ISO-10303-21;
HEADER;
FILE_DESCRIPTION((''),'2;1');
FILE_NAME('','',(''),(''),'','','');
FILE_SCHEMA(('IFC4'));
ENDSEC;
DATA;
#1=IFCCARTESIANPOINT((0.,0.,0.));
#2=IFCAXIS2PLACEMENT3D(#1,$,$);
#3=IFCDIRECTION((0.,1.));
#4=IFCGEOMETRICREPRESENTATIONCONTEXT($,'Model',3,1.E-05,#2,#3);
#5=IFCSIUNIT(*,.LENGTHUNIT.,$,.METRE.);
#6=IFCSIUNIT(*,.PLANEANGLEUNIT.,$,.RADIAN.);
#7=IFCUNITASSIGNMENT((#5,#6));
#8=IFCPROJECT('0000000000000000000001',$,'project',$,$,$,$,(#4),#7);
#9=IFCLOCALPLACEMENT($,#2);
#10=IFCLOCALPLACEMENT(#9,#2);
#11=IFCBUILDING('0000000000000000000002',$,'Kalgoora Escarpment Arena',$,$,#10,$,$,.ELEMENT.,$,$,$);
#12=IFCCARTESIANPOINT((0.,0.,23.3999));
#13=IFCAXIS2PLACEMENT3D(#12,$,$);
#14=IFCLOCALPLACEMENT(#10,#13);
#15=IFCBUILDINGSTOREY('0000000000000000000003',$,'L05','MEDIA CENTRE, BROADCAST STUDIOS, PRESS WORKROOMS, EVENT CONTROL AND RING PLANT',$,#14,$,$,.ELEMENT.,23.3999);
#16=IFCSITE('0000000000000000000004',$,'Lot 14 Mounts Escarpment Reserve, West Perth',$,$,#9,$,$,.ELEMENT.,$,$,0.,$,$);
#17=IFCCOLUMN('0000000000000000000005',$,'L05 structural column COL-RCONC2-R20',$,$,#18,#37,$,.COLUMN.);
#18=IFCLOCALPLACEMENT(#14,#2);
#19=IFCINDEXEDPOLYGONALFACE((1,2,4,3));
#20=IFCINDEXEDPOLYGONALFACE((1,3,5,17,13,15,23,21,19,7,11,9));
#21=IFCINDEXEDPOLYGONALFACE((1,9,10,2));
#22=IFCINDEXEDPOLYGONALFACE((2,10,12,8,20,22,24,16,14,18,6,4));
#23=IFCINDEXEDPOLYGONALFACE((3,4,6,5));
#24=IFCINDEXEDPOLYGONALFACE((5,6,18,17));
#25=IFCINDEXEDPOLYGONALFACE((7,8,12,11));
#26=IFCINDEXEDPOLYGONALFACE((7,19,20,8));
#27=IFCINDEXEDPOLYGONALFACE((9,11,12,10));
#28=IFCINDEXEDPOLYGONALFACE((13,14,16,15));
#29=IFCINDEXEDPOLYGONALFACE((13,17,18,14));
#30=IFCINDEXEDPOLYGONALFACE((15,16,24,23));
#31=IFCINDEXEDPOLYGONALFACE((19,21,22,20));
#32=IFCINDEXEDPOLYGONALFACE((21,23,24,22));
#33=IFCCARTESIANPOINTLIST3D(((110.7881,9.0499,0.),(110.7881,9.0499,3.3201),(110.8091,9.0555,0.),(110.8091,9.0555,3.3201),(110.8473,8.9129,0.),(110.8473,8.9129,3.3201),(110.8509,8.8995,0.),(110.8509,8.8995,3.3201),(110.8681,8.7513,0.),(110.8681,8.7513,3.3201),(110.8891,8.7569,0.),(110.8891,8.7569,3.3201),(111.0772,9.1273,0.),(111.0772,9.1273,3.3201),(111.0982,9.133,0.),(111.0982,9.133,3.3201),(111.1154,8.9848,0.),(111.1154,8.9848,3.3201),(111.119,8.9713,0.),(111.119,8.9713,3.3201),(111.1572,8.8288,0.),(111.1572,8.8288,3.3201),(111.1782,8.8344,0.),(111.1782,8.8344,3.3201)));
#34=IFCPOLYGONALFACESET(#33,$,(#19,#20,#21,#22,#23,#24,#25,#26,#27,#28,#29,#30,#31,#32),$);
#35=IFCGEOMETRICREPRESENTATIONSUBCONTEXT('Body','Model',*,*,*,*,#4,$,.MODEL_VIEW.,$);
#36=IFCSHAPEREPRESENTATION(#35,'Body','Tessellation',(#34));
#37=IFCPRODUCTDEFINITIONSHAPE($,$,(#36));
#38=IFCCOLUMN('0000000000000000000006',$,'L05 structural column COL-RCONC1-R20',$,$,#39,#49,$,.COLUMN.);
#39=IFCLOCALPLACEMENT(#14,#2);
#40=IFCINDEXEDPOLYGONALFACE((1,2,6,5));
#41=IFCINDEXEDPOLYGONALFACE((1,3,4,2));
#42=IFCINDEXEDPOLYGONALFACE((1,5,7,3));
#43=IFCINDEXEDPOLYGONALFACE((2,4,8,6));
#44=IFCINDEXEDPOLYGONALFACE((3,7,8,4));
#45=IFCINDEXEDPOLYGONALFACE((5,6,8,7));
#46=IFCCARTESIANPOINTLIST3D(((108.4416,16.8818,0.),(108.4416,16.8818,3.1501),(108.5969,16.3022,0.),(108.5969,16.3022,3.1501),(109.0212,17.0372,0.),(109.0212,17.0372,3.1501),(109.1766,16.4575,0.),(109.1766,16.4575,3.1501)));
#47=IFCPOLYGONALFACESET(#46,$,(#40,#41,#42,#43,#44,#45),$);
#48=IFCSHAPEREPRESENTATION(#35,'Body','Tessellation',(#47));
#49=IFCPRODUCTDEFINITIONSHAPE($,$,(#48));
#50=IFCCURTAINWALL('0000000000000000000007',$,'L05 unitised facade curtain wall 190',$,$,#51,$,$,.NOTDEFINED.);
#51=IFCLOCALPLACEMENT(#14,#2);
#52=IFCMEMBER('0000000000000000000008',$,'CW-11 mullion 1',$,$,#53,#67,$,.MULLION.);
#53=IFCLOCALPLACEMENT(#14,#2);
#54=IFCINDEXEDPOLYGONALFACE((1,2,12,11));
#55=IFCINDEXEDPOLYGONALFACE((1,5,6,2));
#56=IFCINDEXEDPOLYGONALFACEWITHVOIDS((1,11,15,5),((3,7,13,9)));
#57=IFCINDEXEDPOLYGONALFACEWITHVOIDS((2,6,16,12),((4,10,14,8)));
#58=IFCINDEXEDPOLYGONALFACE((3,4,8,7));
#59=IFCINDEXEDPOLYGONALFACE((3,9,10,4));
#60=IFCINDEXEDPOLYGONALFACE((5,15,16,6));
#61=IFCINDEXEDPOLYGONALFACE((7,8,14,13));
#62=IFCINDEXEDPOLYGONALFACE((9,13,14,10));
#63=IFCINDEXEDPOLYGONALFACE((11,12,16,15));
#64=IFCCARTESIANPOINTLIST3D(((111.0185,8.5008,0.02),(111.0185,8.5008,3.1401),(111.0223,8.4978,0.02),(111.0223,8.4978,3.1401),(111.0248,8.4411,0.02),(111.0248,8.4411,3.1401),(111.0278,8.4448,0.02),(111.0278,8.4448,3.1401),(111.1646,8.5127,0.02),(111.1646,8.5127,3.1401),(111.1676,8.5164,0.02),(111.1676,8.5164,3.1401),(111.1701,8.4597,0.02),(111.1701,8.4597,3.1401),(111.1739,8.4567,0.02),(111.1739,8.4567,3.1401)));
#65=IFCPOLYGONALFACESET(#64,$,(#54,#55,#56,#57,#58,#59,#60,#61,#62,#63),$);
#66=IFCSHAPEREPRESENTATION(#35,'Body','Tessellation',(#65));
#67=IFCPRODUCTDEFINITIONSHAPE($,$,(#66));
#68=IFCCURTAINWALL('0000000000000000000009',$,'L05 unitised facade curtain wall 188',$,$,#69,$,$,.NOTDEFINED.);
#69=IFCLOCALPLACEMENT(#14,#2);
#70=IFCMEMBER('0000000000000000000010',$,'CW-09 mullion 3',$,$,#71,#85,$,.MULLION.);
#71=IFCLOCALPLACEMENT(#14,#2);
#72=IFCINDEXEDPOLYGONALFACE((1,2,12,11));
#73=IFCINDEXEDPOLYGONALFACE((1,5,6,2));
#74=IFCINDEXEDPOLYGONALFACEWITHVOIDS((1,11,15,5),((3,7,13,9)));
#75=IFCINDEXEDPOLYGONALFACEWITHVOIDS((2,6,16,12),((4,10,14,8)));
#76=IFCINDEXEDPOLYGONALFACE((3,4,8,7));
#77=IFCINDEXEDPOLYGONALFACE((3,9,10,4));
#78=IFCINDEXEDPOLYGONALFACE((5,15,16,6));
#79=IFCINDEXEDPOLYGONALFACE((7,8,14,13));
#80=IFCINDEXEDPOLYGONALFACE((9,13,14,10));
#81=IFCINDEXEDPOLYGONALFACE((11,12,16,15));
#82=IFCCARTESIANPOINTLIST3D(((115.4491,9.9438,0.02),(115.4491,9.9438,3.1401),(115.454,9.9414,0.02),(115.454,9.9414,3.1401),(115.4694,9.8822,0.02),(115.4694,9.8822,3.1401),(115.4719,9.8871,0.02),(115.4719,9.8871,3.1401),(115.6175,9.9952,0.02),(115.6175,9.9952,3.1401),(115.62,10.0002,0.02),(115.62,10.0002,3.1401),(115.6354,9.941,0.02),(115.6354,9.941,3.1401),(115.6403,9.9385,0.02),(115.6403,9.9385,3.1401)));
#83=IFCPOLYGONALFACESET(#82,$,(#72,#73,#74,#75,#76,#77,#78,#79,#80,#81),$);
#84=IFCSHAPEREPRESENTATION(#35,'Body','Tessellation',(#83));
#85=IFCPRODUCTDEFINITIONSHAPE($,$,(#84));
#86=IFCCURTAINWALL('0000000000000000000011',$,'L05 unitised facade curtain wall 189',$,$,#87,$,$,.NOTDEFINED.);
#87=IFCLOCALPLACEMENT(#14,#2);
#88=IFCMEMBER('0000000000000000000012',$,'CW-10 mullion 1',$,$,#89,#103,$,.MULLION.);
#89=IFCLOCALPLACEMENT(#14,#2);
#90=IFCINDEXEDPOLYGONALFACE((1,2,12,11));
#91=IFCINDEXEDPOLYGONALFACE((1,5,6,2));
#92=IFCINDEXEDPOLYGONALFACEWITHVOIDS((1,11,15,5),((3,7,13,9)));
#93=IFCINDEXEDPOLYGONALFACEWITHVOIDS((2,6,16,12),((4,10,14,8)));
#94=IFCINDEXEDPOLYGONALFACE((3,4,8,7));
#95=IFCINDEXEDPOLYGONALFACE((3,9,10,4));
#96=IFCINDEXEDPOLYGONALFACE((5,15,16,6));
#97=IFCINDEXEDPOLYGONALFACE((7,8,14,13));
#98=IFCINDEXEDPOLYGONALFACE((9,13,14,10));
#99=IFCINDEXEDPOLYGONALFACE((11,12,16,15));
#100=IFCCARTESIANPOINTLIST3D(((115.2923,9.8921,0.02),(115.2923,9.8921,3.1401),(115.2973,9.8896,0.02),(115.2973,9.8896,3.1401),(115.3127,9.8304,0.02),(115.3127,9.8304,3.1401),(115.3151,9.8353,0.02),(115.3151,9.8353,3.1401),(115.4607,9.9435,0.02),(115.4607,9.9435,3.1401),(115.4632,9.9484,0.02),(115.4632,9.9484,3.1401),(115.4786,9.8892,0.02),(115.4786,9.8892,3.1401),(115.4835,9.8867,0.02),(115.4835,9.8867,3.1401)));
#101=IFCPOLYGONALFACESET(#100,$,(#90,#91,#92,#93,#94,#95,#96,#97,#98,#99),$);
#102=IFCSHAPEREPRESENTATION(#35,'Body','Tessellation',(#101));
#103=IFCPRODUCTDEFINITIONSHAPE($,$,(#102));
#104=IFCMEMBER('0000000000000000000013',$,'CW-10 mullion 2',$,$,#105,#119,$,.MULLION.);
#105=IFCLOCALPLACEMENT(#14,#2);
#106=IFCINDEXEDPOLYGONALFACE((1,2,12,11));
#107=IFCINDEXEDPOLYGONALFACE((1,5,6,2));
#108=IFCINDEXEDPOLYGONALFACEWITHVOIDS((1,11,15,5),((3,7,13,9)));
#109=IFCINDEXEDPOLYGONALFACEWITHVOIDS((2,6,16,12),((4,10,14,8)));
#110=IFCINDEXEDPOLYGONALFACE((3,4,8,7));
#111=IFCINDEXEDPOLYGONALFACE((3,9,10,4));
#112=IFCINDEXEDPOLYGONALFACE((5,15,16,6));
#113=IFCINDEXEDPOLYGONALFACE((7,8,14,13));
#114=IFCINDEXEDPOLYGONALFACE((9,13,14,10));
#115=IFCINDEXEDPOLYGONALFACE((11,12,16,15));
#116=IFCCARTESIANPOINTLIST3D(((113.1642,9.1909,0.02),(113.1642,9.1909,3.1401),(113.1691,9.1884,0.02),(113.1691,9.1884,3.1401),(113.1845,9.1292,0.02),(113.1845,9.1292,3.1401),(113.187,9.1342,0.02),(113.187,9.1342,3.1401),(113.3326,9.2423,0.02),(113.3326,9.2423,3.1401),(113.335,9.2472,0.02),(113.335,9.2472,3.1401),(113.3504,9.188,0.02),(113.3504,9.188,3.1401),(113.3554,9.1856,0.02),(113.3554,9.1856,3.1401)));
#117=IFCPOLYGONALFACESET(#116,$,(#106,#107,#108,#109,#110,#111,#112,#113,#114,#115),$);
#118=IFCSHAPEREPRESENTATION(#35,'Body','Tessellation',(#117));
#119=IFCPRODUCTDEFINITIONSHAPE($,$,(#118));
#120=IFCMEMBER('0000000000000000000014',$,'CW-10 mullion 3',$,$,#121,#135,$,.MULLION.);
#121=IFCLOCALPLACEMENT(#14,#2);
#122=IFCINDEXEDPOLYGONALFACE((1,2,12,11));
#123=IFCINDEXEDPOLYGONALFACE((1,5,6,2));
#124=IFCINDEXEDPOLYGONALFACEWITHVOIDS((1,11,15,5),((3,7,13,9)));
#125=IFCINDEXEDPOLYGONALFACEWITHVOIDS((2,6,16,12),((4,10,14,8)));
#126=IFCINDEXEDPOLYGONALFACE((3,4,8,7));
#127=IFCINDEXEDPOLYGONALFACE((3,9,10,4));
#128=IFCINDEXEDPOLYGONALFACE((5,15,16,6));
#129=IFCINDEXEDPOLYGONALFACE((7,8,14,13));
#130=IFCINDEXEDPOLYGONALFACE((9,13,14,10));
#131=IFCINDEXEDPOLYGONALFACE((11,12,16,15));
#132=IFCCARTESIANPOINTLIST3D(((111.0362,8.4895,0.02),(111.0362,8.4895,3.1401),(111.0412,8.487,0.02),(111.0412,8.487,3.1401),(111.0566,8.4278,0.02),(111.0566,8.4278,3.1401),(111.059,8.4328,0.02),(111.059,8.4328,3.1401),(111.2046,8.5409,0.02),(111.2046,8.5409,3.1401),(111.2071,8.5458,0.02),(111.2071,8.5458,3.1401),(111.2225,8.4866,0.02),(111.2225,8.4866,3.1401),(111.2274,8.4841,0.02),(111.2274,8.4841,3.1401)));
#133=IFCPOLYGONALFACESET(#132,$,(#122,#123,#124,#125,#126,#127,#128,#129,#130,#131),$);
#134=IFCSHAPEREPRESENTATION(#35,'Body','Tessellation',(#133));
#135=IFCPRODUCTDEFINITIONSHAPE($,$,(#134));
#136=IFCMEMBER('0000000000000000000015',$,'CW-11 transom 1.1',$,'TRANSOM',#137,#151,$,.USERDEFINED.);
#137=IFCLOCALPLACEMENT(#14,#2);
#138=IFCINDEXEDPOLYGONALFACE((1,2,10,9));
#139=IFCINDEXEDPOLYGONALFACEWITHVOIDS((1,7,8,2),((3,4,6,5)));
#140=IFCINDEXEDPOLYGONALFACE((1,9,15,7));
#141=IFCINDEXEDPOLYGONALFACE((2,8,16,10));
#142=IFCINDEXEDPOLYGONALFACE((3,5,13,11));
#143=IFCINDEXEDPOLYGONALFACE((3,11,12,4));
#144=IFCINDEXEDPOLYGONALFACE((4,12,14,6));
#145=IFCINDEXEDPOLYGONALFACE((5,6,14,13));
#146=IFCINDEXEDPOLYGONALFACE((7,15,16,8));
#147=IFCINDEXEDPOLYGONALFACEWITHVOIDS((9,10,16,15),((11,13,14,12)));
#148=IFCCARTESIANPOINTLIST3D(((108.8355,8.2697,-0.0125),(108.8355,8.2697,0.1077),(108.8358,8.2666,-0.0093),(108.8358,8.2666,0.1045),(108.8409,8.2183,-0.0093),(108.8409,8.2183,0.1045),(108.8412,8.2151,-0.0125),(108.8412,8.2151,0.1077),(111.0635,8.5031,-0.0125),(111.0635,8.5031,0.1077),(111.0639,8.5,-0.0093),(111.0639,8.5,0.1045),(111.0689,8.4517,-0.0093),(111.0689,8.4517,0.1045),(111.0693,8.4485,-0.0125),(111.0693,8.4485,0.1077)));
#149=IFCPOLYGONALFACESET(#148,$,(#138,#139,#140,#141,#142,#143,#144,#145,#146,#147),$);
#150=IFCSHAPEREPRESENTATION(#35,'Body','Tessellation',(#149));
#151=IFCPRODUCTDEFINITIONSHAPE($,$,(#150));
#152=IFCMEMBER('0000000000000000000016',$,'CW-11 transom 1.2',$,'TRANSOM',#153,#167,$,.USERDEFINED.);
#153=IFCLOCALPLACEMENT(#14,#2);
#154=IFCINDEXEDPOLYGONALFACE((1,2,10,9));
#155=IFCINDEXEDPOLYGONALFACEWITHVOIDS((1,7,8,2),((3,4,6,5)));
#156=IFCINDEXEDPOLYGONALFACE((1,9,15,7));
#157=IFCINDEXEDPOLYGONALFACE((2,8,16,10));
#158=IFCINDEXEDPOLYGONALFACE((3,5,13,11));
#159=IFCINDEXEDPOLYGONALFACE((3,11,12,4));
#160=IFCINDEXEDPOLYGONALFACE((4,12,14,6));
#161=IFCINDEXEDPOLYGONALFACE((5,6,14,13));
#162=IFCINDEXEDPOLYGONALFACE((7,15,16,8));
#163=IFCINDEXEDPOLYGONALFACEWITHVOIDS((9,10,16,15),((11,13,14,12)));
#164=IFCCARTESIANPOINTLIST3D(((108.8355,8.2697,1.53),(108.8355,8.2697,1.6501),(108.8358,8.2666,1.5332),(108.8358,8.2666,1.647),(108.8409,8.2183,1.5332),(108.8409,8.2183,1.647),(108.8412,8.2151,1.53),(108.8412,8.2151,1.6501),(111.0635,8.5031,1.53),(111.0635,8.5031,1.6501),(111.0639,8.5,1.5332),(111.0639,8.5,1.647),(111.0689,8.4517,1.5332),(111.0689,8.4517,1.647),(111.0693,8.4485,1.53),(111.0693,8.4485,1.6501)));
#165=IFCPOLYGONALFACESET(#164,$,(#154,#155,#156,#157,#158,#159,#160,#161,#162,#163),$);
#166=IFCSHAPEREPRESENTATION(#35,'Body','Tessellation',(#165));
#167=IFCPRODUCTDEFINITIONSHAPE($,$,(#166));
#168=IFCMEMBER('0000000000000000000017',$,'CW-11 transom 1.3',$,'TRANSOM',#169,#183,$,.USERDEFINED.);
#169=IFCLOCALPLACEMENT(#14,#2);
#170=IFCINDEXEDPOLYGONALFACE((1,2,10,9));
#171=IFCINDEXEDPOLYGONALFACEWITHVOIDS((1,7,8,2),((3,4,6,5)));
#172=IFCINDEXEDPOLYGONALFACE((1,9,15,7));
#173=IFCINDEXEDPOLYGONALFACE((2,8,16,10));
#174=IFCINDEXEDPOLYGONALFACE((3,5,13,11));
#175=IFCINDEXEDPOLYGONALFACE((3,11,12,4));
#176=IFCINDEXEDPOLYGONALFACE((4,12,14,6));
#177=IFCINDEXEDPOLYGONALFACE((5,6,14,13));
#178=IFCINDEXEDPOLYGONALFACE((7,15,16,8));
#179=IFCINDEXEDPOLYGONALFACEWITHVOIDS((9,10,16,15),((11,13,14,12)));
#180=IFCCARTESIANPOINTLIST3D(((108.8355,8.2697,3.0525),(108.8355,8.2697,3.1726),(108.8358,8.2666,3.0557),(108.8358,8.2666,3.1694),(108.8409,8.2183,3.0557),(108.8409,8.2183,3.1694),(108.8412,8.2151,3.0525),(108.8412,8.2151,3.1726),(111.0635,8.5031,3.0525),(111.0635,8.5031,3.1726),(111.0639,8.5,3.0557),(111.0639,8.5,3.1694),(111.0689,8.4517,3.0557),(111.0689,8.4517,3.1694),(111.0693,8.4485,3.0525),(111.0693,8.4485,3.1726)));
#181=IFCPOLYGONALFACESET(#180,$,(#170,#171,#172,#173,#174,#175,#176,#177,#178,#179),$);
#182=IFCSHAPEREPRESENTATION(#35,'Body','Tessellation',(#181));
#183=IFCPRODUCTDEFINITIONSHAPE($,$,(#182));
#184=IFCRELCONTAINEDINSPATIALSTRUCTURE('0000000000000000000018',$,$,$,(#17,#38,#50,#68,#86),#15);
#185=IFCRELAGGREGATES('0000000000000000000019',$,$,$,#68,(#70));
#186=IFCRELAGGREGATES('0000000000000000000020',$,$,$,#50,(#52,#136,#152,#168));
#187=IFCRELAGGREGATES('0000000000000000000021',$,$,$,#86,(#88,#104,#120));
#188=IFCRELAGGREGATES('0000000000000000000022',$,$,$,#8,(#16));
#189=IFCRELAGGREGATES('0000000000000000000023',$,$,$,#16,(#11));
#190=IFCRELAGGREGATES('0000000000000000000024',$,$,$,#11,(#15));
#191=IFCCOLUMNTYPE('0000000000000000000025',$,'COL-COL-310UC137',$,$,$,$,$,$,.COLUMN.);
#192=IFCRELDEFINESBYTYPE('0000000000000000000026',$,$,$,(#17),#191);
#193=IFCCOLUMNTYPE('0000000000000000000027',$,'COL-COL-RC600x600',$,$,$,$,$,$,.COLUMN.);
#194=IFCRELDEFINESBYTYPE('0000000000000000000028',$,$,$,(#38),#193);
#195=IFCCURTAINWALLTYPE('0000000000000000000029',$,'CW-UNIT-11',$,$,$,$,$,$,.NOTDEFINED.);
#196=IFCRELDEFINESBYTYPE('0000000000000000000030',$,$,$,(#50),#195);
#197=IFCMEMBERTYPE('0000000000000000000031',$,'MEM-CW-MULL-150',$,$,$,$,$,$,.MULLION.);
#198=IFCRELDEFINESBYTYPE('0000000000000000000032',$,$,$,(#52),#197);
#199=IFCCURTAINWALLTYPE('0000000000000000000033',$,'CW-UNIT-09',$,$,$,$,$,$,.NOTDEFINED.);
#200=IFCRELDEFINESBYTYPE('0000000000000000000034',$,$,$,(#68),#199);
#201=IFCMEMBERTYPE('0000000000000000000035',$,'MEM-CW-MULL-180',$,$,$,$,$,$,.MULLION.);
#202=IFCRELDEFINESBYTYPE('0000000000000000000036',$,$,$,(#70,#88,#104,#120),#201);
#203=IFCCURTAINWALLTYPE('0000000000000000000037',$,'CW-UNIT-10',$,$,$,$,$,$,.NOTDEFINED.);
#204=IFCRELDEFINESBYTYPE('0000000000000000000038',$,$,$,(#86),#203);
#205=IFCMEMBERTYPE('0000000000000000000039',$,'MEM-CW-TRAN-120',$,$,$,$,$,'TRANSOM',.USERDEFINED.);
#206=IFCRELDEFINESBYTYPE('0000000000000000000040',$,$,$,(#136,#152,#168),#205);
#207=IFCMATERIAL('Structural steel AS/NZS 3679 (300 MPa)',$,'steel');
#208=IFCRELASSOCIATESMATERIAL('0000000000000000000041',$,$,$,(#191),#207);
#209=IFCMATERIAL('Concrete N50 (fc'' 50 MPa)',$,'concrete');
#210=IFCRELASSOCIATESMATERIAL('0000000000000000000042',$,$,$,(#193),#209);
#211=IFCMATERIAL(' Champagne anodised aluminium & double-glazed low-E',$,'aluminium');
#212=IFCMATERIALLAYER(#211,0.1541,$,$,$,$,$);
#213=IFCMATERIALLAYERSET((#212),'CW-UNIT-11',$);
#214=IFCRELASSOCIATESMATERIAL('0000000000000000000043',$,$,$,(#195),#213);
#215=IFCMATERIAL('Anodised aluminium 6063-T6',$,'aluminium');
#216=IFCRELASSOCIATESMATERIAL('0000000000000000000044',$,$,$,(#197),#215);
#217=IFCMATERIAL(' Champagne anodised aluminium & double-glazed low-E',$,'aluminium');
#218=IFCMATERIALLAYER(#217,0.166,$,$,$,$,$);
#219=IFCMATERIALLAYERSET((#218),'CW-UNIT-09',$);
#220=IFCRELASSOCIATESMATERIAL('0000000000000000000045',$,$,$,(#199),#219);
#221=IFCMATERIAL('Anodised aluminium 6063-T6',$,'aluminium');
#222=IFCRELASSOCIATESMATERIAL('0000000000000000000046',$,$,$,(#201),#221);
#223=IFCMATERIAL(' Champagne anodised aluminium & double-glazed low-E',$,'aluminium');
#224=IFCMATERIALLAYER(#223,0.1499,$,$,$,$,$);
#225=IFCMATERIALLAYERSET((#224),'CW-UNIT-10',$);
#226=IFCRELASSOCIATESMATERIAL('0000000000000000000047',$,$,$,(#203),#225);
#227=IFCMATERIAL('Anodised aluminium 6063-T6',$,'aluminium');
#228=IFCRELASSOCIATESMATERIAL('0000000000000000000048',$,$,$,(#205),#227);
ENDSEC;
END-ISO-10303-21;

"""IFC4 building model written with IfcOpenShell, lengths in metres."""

from ifc_helpers import new_model, si_unit, direction, frame, origin, origin_2d, place, context, subcontext, project, spatial, rectangle, hollow_rectangle, i_section, extrude, material, layer, layer_set, material_profile, profile_set, type_object, element, aggregate, save


model = new_model("IFC4")

# Units and contexts
model_context = context("Model", 3, precision=1e-05, world=origin(), true_north=direction((0.0, 1.0)))
body_context = subcontext(model_context, "Body", "Model", "MODEL_VIEW")
ifc_project = project(units=[si_unit("LENGTHUNIT", "METRE"), si_unit("PLANEANGLEUNIT", "RADIAN")], contexts=[model_context])

# Site, building, storey
site_placement = place(None, origin())
site = spatial("IfcSite", under=ifc_project, at=site_placement, Name="Lot 14 Mounts Escarpment Reserve, West Perth", CompositionType="ELEMENT", RefElevation=0.0)
building_placement = place(site_placement, origin())
building = spatial("IfcBuilding", under=site, at=building_placement, Name="Kalgoora Escarpment Arena", CompositionType="ELEMENT")
storey_placement = place(building_placement, frame((0.0, 0.0, 23.3999)))
storey = spatial("IfcBuildingStorey", under=building, at=storey_placement, Name="L05", Description="MEDIA CENTRE, BROADCAST STUDIOS, PRESS WORKROOMS, EVENT CONTROL AND RING PLANT", CompositionType="ELEMENT", Elevation=23.3999)

# Columns
ifc_material_1 = material(Name="Structural steel AS/NZS 3679 (300 MPa)", Category="steel")
ifc_material_profile_1 = material_profile(ifc_material_1, i_section(OverallWidth=0.3091, OverallDepth=0.321, WebThickness=0.0139, FlangeThickness=0.0217, at=origin_2d()))
ifc_profile_set_1 = profile_set([ifc_material_profile_1], Name="Structural steel AS/NZS 3679 (300 MPa)")
column_type_1 = type_object("IfcColumnType", Name="COL-COL-310UC137", PredefinedType="COLUMN", material=ifc_profile_set_1)
column_1_placement = place(storey_placement, frame((110.9832, 8.9421, 0.0), z_axis=(0.0, 0.0, 1.0), x_axis=(0.258819, -0.965926, 0.0)))
element("IfcColumn", 1, at=column_1_placement, inside=storey, type_object=column_type_1, Name="L05 structural column COL-RCONC2-R20", PredefinedType="COLUMN", context=body_context, shape_type="SweptSolid", body=[
    extrude(i_section(OverallWidth=0.3091, OverallDepth=0.321, WebThickness=0.0139, FlangeThickness=0.0217, at=origin_2d()), origin(), (0.0, 0.0, 1.0), 3.3201),
])
ifc_material_2 = material(Name="Concrete N50 (fc' 50 MPa)", Category="concrete")
ifc_material_profile_2 = material_profile(ifc_material_2, rectangle(XDim=0.6001, YDim=0.6001, at=origin_2d()))
ifc_profile_set_2 = profile_set([ifc_material_profile_2], Name="Concrete N50 (fc' 50 MPa)")
column_type_2 = type_object("IfcColumnType", Name="COL-COL-RC600x600", PredefinedType="COLUMN", material=ifc_profile_set_2)
column_2_placement = place(storey_placement, frame((108.8091, 16.6697, 0.0), z_axis=(0.0, 0.0, 1.0), x_axis=(0.258819, -0.965926, 0.0)))
element("IfcColumn", 2, at=column_2_placement, inside=storey, type_object=column_type_2, Name="L05 structural column COL-RCONC1-R20", PredefinedType="COLUMN", context=body_context, shape_type="SweptSolid", body=[
    extrude(rectangle(XDim=0.6001, YDim=0.6001, at=origin_2d()), origin(), (0.0, 0.0, 1.0), 3.1501),
])

# Curtain walls, members
ifc_material_3 = material(Name=" Champagne anodised aluminium & double-glazed low-E", Category="aluminium")
ifc_layer_1 = layer(ifc_material_3, 0.1541)
ifc_layer_set_1 = layer_set([ifc_layer_1], Name="CW-UNIT-11")
curtain_wall_type_1 = type_object("IfcCurtainWallType", Name="CW-UNIT-11", PredefinedType="NOTDEFINED", material=ifc_layer_set_1)
curtain_wall_1_placement = place(storey_placement, origin())
curtain_wall_1 = element("IfcCurtainWall", 3, at=curtain_wall_1_placement, inside=storey, type_object=curtain_wall_type_1, Name="L05 unitised facade curtain wall 190", PredefinedType="NOTDEFINED")
ifc_material_4 = material(Name="Anodised aluminium 6063-T6", Category="aluminium")
ifc_material_profile_3 = material_profile(ifc_material_4, hollow_rectangle(XDim=0.0601, YDim=0.1499, WallThickness=0.0034, at=origin_2d()))
ifc_profile_set_3 = profile_set([ifc_material_profile_3], Name="Anodised aluminium 6063-T6")
member_type_1 = type_object("IfcMemberType", Name="MEM-CW-MULL-150", PredefinedType="MULLION", material=ifc_profile_set_3)
member_1_placement = place(storey_placement, frame((111.0962, 8.4788, 0.02), z_axis=(0.0, 0.0, 1.0), x_axis=(0.104158, -0.994561, 0.0)))
member_1 = element("IfcMember", 4, at=member_1_placement, type_object=member_type_1, Name="CW-11 mullion 1", PredefinedType="MULLION", context=body_context, shape_type="SweptSolid", body=[
    extrude(hollow_rectangle(XDim=0.0601, YDim=0.1499, WallThickness=0.0034, at=origin_2d()), origin(), (0.0, 0.0, 1.0), 3.1201),
])
ifc_material_5 = material(Name=" Champagne anodised aluminium & double-glazed low-E", Category="aluminium")
ifc_layer_2 = layer(ifc_material_5, 0.166)
ifc_layer_set_2 = layer_set([ifc_layer_2], Name="CW-UNIT-09")
curtain_wall_type_2 = type_object("IfcCurtainWallType", Name="CW-UNIT-09", PredefinedType="NOTDEFINED", material=ifc_layer_set_2)
curtain_wall_2_placement = place(storey_placement, origin())
curtain_wall_2 = element("IfcCurtainWall", 5, at=curtain_wall_2_placement, inside=storey, type_object=curtain_wall_type_2, Name="L05 unitised facade curtain wall 188", PredefinedType="NOTDEFINED")
ifc_material_6 = material(Name="Anodised aluminium 6063-T6", Category="aluminium")
ifc_material_profile_4 = material_profile(ifc_material_6, hollow_rectangle(XDim=0.0649, YDim=0.1799, WallThickness=0.0039, at=origin_2d()))
ifc_profile_set_4 = profile_set([ifc_material_profile_4], Name="Anodised aluminium 6063-T6")
member_type_2 = type_object("IfcMemberType", Name="MEM-CW-MULL-180", PredefinedType="MULLION", material=ifc_profile_set_4)
member_2_placement = place(storey_placement, frame((115.5447, 9.9412, 0.02), z_axis=(0.0, 0.0, 1.0), x_axis=(0.31297, -0.949763, 0.0)))
member_2 = element("IfcMember", 6, at=member_2_placement, type_object=member_type_2, Name="CW-09 mullion 3", PredefinedType="MULLION", context=body_context, shape_type="SweptSolid", body=[
    extrude(hollow_rectangle(XDim=0.0649, YDim=0.1799, WallThickness=0.0039, at=origin_2d()), origin(), (0.0, 0.0, 1.0), 3.1201),
])

# Curtain wall, members
ifc_material_7 = material(Name=" Champagne anodised aluminium & double-glazed low-E", Category="aluminium")
ifc_layer_3 = layer(ifc_material_7, 0.1499)
ifc_layer_set_3 = layer_set([ifc_layer_3], Name="CW-UNIT-10")
curtain_wall_type_3 = type_object("IfcCurtainWallType", Name="CW-UNIT-10", PredefinedType="NOTDEFINED", material=ifc_layer_set_3)
curtain_wall_3_placement = place(storey_placement, origin())
curtain_wall_3 = element("IfcCurtainWall", 7, at=curtain_wall_3_placement, inside=storey, type_object=curtain_wall_type_3, Name="L05 unitised facade curtain wall 189", PredefinedType="NOTDEFINED")
member_3_placement = place(storey_placement, frame((115.3879, 9.8894, 0.02), z_axis=(0.0, 0.0, 1.0), x_axis=(0.312979, -0.94976, 0.0)))
member_3 = element("IfcMember", 8, at=member_3_placement, type_object=member_type_2, Name="CW-10 mullion 1", PredefinedType="MULLION", context=body_context, shape_type="SweptSolid", body=[
    extrude(hollow_rectangle(XDim=0.0649, YDim=0.1799, WallThickness=0.0039, at=origin_2d()), origin(), (0.0, 0.0, 1.0), 3.1201),
])
member_4_placement = place(storey_placement, frame((113.2598, 9.1882, 0.02), z_axis=(0.0, 0.0, 1.0), x_axis=(0.312979, -0.94976, 0.0)))
member_4 = element("IfcMember", 9, at=member_4_placement, type_object=member_type_2, Name="CW-10 mullion 2", PredefinedType="MULLION", context=body_context, shape_type="SweptSolid", body=[
    extrude(hollow_rectangle(XDim=0.0649, YDim=0.1799, WallThickness=0.0039, at=origin_2d()), origin(), (0.0, 0.0, 1.0), 3.1201),
])
member_5_placement = place(storey_placement, frame((111.1318, 8.4868, 0.02), z_axis=(0.0, 0.0, 1.0), x_axis=(0.312979, -0.94976, 0.0)))
member_5 = element("IfcMember", 10, at=member_5_placement, type_object=member_type_2, Name="CW-10 mullion 3", PredefinedType="MULLION", context=body_context, shape_type="SweptSolid", body=[
    extrude(hollow_rectangle(XDim=0.0649, YDim=0.1799, WallThickness=0.0039, at=origin_2d()), origin(), (0.0, 0.0, 1.0), 3.1201),
])

# Members
ifc_material_8 = material(Name="Anodised aluminium 6063-T6", Category="aluminium")
ifc_material_profile_5 = material_profile(ifc_material_8, hollow_rectangle(XDim=0.0549, YDim=0.1201, WallThickness=0.0032, at=origin_2d()))
ifc_profile_set_5 = profile_set([ifc_material_profile_5], Name="Anodised aluminium 6063-T6")
member_type_3 = type_object("IfcMemberType", Name="MEM-CW-TRAN-120", ElementType="TRANSOM", PredefinedType="USERDEFINED", material=ifc_profile_set_5)
member_6_placement = place(storey_placement, frame((111.0664, 8.4758, 0.0476), z_axis=(-0.994558, -0.104186, 0.0), x_axis=(0.104186, -0.994558, 0.0)))
member_6 = element("IfcMember", 11, at=member_6_placement, type_object=member_type_3, Name="CW-11 transom 1.1", ObjectType="TRANSOM", PredefinedType="USERDEFINED", context=body_context, shape_type="SweptSolid", body=[
    extrude(hollow_rectangle(XDim=0.0549, YDim=0.1201, WallThickness=0.0032, at=origin_2d()), origin(), (0.0, 0.0, 1.0), 2.2402),
])
member_7_placement = place(storey_placement, frame((111.0664, 8.4758, 1.5901), z_axis=(-0.994558, -0.104186, 0.0), x_axis=(0.104186, -0.994558, 0.0)))
member_7 = element("IfcMember", 12, at=member_7_placement, type_object=member_type_3, Name="CW-11 transom 1.2", ObjectType="TRANSOM", PredefinedType="USERDEFINED", context=body_context, shape_type="SweptSolid", body=[
    extrude(hollow_rectangle(XDim=0.0549, YDim=0.1201, WallThickness=0.0032, at=origin_2d()), origin(), (0.0, 0.0, 1.0), 2.2402),
])
member_8_placement = place(storey_placement, frame((111.0664, 8.4758, 3.1125), z_axis=(-0.994558, -0.104186, 0.0), x_axis=(0.104186, -0.994558, 0.0)))
member_8 = element("IfcMember", 13, at=member_8_placement, type_object=member_type_3, Name="CW-11 transom 1.3", ObjectType="TRANSOM", PredefinedType="USERDEFINED", context=body_context, shape_type="SweptSolid", body=[
    extrude(hollow_rectangle(XDim=0.0549, YDim=0.1201, WallThickness=0.0032, at=origin_2d()), origin(), (0.0, 0.0, 1.0), 2.2402),
])

aggregate(curtain_wall_2, [member_2])
aggregate(curtain_wall_1, [member_1, member_6, member_7, member_8])
aggregate(curtain_wall_3, [member_3, member_4, member_5])

save(model, "model.ifc")
